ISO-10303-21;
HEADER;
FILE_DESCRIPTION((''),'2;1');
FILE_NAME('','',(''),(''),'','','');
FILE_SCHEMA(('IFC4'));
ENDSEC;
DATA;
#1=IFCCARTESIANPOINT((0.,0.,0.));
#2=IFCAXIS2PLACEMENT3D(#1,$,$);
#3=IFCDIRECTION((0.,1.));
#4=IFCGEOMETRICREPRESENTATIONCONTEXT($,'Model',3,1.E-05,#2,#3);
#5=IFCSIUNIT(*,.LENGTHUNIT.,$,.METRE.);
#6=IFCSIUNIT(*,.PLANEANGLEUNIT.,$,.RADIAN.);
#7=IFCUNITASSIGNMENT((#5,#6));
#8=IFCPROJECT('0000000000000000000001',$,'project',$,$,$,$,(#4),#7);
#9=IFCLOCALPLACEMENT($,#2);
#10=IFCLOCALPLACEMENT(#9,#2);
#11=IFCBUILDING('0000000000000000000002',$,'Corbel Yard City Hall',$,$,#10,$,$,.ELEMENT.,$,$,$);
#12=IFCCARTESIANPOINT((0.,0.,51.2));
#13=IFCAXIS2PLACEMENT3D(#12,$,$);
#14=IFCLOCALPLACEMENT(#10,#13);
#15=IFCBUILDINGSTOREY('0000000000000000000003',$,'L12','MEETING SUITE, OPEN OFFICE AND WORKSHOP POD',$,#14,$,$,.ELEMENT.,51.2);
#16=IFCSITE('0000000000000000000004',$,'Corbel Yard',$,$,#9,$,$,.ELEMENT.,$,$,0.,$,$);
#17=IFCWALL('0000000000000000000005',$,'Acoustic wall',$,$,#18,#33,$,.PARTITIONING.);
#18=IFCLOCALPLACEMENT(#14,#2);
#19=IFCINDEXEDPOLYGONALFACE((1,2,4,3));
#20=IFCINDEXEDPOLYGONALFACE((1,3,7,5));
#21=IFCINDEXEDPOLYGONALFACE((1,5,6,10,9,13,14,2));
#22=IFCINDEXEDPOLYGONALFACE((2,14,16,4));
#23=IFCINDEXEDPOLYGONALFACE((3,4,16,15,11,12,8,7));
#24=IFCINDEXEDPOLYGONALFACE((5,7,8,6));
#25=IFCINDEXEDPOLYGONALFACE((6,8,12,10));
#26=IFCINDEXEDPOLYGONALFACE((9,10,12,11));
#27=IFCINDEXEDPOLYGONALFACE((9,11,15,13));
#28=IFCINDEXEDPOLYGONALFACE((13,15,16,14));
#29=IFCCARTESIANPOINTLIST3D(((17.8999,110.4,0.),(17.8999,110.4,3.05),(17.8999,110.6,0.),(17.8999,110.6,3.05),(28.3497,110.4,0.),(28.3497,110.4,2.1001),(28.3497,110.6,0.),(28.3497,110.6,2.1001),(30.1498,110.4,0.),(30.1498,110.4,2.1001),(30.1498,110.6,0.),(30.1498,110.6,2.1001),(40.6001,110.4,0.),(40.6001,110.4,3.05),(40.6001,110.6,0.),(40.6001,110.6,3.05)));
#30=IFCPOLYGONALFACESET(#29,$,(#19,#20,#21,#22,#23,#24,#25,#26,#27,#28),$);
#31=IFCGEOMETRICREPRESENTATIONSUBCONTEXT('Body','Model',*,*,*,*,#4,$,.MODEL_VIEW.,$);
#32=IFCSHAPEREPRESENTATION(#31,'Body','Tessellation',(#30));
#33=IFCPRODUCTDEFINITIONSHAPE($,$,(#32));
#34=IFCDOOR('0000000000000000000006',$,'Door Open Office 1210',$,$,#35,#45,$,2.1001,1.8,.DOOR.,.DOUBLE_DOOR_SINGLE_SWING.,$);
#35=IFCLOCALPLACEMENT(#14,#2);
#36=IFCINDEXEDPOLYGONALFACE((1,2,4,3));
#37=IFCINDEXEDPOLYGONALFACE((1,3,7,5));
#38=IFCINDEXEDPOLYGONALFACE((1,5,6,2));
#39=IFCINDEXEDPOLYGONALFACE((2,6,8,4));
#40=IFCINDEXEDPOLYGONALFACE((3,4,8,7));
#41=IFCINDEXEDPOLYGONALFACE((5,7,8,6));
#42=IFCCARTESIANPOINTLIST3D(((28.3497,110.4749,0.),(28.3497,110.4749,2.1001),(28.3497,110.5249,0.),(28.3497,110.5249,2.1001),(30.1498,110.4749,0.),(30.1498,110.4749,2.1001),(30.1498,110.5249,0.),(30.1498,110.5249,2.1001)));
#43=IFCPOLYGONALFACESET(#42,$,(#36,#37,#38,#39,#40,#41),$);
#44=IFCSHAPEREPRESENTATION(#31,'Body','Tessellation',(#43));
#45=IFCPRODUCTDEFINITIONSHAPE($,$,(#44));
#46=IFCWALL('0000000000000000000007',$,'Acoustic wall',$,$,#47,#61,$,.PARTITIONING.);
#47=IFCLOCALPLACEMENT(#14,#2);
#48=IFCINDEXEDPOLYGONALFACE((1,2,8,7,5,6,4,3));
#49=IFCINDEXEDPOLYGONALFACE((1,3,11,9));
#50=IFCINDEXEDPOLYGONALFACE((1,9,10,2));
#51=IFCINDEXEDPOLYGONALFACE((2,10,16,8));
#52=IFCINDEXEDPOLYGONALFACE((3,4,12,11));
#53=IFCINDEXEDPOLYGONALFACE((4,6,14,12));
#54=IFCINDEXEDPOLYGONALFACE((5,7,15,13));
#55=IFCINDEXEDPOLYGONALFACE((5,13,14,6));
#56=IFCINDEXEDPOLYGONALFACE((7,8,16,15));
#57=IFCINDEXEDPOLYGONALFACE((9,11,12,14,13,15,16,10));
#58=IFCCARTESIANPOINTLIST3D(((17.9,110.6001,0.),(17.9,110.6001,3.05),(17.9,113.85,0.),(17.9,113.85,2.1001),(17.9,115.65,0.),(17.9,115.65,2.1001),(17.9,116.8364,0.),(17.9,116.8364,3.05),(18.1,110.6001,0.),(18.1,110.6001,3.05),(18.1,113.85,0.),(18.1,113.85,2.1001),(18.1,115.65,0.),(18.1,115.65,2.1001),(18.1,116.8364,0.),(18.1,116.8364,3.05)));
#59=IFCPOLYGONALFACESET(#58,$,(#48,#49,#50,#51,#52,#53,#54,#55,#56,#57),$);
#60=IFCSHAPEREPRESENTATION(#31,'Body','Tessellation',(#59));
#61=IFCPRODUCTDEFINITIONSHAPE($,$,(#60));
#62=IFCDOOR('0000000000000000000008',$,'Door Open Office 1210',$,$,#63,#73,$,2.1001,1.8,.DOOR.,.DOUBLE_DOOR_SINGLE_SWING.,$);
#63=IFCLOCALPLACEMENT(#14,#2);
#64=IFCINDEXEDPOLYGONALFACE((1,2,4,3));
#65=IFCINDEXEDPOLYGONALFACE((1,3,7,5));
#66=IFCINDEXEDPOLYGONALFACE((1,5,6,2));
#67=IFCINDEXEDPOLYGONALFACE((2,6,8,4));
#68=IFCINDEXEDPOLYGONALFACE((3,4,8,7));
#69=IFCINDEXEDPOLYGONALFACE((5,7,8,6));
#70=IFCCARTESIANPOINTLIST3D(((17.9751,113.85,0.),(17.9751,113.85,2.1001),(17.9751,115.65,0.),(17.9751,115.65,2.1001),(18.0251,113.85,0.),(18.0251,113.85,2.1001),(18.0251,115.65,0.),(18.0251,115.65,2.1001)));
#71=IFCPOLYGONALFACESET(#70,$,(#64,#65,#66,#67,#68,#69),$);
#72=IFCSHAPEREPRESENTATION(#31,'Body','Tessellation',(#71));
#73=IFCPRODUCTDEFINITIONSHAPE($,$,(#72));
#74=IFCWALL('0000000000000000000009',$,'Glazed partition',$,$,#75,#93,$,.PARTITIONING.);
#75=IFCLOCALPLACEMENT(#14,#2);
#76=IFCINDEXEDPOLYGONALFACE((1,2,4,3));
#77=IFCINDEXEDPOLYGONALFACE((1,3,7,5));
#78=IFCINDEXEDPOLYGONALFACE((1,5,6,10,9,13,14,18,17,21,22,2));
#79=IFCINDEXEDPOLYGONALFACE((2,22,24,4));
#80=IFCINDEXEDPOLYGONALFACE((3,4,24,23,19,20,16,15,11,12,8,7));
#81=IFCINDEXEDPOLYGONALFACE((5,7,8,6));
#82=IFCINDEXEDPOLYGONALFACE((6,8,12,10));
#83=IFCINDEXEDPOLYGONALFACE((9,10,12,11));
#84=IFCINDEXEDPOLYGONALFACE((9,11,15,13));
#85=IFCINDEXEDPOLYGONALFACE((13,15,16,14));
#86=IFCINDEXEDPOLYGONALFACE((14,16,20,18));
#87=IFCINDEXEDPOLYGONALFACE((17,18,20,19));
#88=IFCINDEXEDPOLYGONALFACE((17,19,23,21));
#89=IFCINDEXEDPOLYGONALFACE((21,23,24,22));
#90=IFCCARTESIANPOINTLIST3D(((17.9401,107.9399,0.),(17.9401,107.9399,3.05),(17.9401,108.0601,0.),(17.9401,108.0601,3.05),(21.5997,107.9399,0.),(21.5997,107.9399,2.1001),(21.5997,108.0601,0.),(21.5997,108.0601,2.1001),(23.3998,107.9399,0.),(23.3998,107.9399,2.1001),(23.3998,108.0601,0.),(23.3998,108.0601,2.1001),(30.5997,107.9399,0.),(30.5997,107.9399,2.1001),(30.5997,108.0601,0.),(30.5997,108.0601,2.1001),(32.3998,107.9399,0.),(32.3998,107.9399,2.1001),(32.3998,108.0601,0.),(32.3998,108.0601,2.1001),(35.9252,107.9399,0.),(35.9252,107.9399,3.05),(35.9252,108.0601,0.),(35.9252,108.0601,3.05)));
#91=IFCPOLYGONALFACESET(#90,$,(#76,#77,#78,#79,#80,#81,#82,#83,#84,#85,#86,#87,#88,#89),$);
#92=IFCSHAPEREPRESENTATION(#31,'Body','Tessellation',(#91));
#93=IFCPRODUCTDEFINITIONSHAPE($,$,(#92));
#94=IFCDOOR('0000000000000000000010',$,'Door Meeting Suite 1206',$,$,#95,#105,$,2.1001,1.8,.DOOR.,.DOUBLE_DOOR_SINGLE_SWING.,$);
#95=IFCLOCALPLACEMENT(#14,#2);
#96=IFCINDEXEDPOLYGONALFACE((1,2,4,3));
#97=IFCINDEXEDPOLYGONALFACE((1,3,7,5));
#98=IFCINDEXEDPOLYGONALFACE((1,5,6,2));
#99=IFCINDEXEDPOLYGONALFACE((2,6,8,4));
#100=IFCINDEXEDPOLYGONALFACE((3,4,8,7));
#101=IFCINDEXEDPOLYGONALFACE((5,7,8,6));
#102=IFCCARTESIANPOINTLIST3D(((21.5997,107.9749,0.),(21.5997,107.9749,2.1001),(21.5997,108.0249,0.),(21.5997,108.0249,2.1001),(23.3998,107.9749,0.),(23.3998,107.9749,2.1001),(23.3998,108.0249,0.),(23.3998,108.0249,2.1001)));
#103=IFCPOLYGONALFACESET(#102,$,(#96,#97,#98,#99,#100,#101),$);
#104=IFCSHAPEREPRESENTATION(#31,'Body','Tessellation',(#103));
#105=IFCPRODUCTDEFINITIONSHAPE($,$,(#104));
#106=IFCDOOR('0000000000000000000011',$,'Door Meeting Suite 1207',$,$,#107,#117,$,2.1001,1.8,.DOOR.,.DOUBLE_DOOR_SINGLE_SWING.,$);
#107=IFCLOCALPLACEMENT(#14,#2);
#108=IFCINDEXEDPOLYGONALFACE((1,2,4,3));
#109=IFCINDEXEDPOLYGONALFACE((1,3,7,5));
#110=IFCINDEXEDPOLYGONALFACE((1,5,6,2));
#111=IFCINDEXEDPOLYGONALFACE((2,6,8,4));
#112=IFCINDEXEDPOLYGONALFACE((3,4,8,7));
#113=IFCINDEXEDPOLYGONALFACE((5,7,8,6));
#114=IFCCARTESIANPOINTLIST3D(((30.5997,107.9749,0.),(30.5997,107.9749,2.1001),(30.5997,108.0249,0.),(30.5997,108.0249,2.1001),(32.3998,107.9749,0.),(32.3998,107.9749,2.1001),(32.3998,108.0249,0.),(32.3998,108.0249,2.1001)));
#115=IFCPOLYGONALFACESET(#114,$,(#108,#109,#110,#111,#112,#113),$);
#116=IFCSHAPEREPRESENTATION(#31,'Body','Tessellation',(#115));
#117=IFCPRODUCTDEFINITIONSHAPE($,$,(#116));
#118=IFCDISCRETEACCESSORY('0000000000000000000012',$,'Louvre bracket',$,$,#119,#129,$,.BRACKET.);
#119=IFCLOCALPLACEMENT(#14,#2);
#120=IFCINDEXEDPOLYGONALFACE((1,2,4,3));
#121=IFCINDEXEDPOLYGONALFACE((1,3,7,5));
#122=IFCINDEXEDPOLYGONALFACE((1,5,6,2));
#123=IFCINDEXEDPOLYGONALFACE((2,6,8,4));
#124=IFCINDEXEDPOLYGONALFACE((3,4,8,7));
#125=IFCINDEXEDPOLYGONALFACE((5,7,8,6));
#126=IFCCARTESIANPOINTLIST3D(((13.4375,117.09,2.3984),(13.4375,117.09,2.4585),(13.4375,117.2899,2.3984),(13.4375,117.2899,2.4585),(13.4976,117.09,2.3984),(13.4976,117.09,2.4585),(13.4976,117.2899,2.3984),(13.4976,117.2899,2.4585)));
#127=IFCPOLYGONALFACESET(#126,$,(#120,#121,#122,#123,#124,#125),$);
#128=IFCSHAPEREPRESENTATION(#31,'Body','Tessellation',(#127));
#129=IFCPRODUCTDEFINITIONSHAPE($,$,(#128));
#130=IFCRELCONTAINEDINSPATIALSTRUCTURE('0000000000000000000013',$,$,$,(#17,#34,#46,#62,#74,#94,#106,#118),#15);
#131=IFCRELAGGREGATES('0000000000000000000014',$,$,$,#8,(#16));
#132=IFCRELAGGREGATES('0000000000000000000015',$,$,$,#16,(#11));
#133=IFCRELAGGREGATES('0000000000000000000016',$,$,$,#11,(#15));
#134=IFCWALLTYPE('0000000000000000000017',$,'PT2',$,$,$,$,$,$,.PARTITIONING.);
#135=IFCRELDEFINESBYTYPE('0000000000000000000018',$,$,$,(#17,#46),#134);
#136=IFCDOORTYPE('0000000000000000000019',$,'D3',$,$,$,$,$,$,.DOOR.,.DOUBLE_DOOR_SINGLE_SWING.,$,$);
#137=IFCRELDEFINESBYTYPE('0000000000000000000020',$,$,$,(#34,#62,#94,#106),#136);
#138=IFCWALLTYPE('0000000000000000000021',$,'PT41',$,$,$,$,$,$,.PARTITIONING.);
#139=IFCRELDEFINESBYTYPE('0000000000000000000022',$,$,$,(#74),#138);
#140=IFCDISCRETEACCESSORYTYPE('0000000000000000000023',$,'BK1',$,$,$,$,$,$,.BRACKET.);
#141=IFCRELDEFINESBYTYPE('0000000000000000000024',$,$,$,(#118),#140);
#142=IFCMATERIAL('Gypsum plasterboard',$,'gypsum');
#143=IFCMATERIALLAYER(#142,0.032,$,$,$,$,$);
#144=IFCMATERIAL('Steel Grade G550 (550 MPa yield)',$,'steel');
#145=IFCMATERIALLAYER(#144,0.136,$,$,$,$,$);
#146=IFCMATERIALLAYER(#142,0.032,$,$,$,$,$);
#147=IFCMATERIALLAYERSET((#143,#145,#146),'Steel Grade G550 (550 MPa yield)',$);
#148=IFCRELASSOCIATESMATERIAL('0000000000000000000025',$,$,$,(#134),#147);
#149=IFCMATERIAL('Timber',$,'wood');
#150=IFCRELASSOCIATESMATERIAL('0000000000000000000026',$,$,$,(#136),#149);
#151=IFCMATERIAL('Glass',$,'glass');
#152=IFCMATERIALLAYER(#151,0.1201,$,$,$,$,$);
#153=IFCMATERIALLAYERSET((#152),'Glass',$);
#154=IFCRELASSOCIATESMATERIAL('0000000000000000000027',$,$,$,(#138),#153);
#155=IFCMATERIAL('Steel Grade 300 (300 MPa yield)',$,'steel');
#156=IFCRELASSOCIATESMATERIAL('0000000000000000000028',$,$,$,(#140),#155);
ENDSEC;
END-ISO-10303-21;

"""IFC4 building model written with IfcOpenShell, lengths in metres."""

from ifc_helpers import new_model, si_unit, direction, frame, frame_2d, origin, origin_2d, place, context, subcontext, project, spatial, rectangle, extrude, material, layer, layer_set, type_object, element, fill, save


model = new_model("IFC4")

# Units and contexts
model_context = context("Model", 3, precision=1e-05, world=origin(), true_north=direction((0.0, 1.0)))
body_context = subcontext(model_context, "Body", "Model", "MODEL_VIEW")
ifc_project = project(units=[si_unit("LENGTHUNIT", "METRE"), si_unit("PLANEANGLEUNIT", "RADIAN")], contexts=[model_context])

# Site, building, storey
site_placement = place(None, origin())
site = spatial("IfcSite", under=ifc_project, at=site_placement, Name="Corbel Yard", CompositionType="ELEMENT", RefElevation=0.0)
building_placement = place(site_placement, origin())
building = spatial("IfcBuilding", under=site, at=building_placement, Name="Corbel Yard City Hall", CompositionType="ELEMENT")
storey_placement = place(building_placement, frame((0.0, 0.0, 51.2)))
storey = spatial("IfcBuildingStorey", under=building, at=storey_placement, Name="L12", Description="MEETING SUITE, OPEN OFFICE AND WORKSHOP POD", CompositionType="ELEMENT", Elevation=51.2)

# Shared definitions
ifc_material_1 = material(Name="Steel Grade 300 (300 MPa yield)", Category="steel")

# Shared definitions
ifc_material_2 = material(Name="Steel Grade G550 (550 MPa yield)", Category="steel")
ifc_material_3 = material(Name="Gypsum plasterboard", Category="gypsum")

# Walls, openings, doors
ifc_layer_1 = layer(ifc_material_3, 0.032)
ifc_layer_2 = layer(ifc_material_2, 0.136)
ifc_layer_3 = layer(ifc_material_3, 0.032)
ifc_layer_set_1 = layer_set([ifc_layer_1, ifc_layer_2, ifc_layer_3], Name="Steel Grade G550 (550 MPa yield)")
wall_type_1 = type_object("IfcWallType", Name="PT2", PredefinedType="PARTITIONING", material=ifc_layer_set_1)
wall_1_placement = place(storey_placement, frame((17.8999, 110.5, 0.0), z_axis=(0.0, 0.0, 1.0), x_axis=(1.0, 0.0, 0.0)))
wall_1 = element("IfcWall", 1, at=wall_1_placement, inside=storey, type_object=wall_type_1, Name="Acoustic wall", PredefinedType="PARTITIONING", context=body_context, shape_type="SweptSolid", body=[
    extrude(rectangle(XDim=22.7002, YDim=0.2, at=frame_2d((11.3501, 0.0))), origin(), (0.0, 0.0, 1.0), 3.05),
])
opening_1_placement = place(wall_1_placement, frame((10.45, 0.0, 0.0)))
opening_1 = element("IfcOpeningElement", 2, at=opening_1_placement, cuts=wall_1, PredefinedType="OPENING", context=body_context, shape_type="SweptSolid", body=[
    extrude(rectangle(XDim=1.8, YDim=2.1001, at=frame_2d((0.8999, 1.05))), frame((0.0, 0.1099, 0.0), z_axis=(0.0, -1.0, 0.0), x_axis=(1.0, 0.0, 0.0)), (0.0, 0.0, 1.0), 0.22),
])
ifc_material_4 = material(Name="Timber", Category="wood")
door_type_1 = type_object("IfcDoorType", Name="D3", OperationType="DOUBLE_DOOR_SINGLE_SWING", PredefinedType="DOOR", material=ifc_material_4)
door_1_placement = place(opening_1_placement, origin())
door_1 = element("IfcDoor", 3, at=door_1_placement, inside=storey, type_object=door_type_1, Name="Door Open Office 1210", OperationType="DOUBLE_DOOR_SINGLE_SWING", OverallHeight=2.1001, OverallWidth=1.8, PredefinedType="DOOR", context=body_context, shape_type="SweptSolid", body=[
    extrude(rectangle(XDim=1.8, YDim=2.1001, at=frame_2d((0.8999, 1.05))), frame((0.0, 0.0249, 0.0), z_axis=(0.0, -1.0, 0.0), x_axis=(1.0, 0.0, 0.0)), (0.0, 0.0, 1.0), 0.05),
])
fill(opening_1, door_1)
wall_2_placement = place(storey_placement, frame((18.0, 110.6001, 0.0), z_axis=(0.0, 0.0, 1.0), x_axis=(0.0, 1.0, 0.0)))
wall_2 = element("IfcWall", 4, at=wall_2_placement, inside=storey, type_object=wall_type_1, Name="Acoustic wall", PredefinedType="PARTITIONING", context=body_context, shape_type="SweptSolid", body=[
    extrude(rectangle(XDim=6.2363, YDim=0.2, at=frame_2d((3.1182, 0.0))), origin(), (0.0, 0.0, 1.0), 3.05),
])
opening_2_placement = place(wall_2_placement, frame((3.25, 0.0, 0.0)))
opening_2 = element("IfcOpeningElement", 5, at=opening_2_placement, cuts=wall_2, PredefinedType="OPENING", context=body_context, shape_type="SweptSolid", body=[
    extrude(rectangle(XDim=1.8, YDim=2.1001, at=frame_2d((0.8999, 1.05))), frame((0.0, 0.1099, 0.0), z_axis=(0.0, -1.0, 0.0), x_axis=(1.0, 0.0, 0.0)), (0.0, 0.0, 1.0), 0.22),
])
door_2_placement = place(opening_2_placement, origin())
door_2 = element("IfcDoor", 6, at=door_2_placement, inside=storey, type_object=door_type_1, Name="Door Open Office 1210", OperationType="DOUBLE_DOOR_SINGLE_SWING", OverallHeight=2.1001, OverallWidth=1.8, PredefinedType="DOOR", context=body_context, shape_type="SweptSolid", body=[
    extrude(rectangle(XDim=1.8, YDim=2.1001, at=frame_2d((0.8999, 1.05))), frame((0.0, 0.0249, 0.0), z_axis=(0.0, -1.0, 0.0), x_axis=(1.0, 0.0, 0.0)), (0.0, 0.0, 1.0), 0.05),
])
fill(opening_2, door_2)

# Wall, openings, doors
ifc_material_5 = material(Name="Glass", Category="glass")
ifc_layer_4 = layer(ifc_material_5, 0.1201)
ifc_layer_set_2 = layer_set([ifc_layer_4], Name="Glass")
wall_type_2 = type_object("IfcWallType", Name="PT41", PredefinedType="PARTITIONING", material=ifc_layer_set_2)
wall_3_placement = place(storey_placement, frame((17.9399, 108.0, 0.0), z_axis=(0.0, 0.0, 1.0), x_axis=(1.0, 0.0, 0.0)))
wall_3 = element("IfcWall", 7, at=wall_3_placement, inside=storey, type_object=wall_type_2, Name="Glazed partition", PredefinedType="PARTITIONING", context=body_context, shape_type="SweptSolid", body=[
    extrude(rectangle(XDim=17.9851, YDim=0.1201, at=frame_2d((8.9927, 0.0))), origin(), (0.0, 0.0, 1.0), 3.05),
])
opening_3_placement = place(wall_3_placement, frame((3.6599, 0.0, 0.0)))
opening_3 = element("IfcOpeningElement", 8, at=opening_3_placement, cuts=wall_3, PredefinedType="OPENING", context=body_context, shape_type="SweptSolid", body=[
    extrude(rectangle(XDim=1.8, YDim=2.1001, at=frame_2d((0.8999, 1.05))), frame((0.0, 0.0701, 0.0), z_axis=(0.0, -1.0, 0.0), x_axis=(1.0, 0.0, 0.0)), (0.0, 0.0, 1.0), 0.1401),
])
opening_4_placement = place(wall_3_placement, frame((12.6599, 0.0, 0.0)))
opening_4 = element("IfcOpeningElement", 9, at=opening_4_placement, cuts=wall_3, PredefinedType="OPENING", context=body_context, shape_type="SweptSolid", body=[
    extrude(rectangle(XDim=1.8, YDim=2.1001, at=frame_2d((0.8999, 1.05))), frame((0.0, 0.0701, 0.0), z_axis=(0.0, -1.0, 0.0), x_axis=(1.0, 0.0, 0.0)), (0.0, 0.0, 1.0), 0.1401),
])
door_3_placement = place(opening_3_placement, origin())
door_3 = element("IfcDoor", 10, at=door_3_placement, inside=storey, type_object=door_type_1, Name="Door Meeting Suite 1206", OperationType="DOUBLE_DOOR_SINGLE_SWING", OverallHeight=2.1001, OverallWidth=1.8, PredefinedType="DOOR", context=body_context, shape_type="SweptSolid", body=[
    extrude(rectangle(XDim=1.8, YDim=2.1001, at=frame_2d((0.8999, 1.05))), frame((0.0, 0.0249, 0.0), z_axis=(0.0, -1.0, 0.0), x_axis=(1.0, 0.0, 0.0)), (0.0, 0.0, 1.0), 0.05),
])
fill(opening_3, door_3)
door_4_placement = place(opening_4_placement, origin())
door_4 = element("IfcDoor", 11, at=door_4_placement, inside=storey, type_object=door_type_1, Name="Door Meeting Suite 1207", OperationType="DOUBLE_DOOR_SINGLE_SWING", OverallHeight=2.1001, OverallWidth=1.8, PredefinedType="DOOR", context=body_context, shape_type="SweptSolid", body=[
    extrude(rectangle(XDim=1.8, YDim=2.1001, at=frame_2d((0.8999, 1.05))), frame((0.0, 0.0249, 0.0), z_axis=(0.0, -1.0, 0.0), x_axis=(1.0, 0.0, 0.0)), (0.0, 0.0, 1.0), 0.05),
])
fill(opening_4, door_4)

# Discrete accessory
discrete_accessory_type = type_object("IfcDiscreteAccessoryType", Name="BK1", PredefinedType="BRACKET", material=ifc_material_1)
discrete_accessory_placement = place(storey_placement, frame((13.4675, 117.1899, 2.3984), z_axis=(0.0, 0.0, 1.0), x_axis=(1.0, 0.0, 0.0)))
element("IfcDiscreteAccessory", 12, at=discrete_accessory_placement, inside=storey, type_object=discrete_accessory_type, Name="Louvre bracket", PredefinedType="BRACKET", context=body_context, shape_type="SweptSolid", body=[
    extrude(rectangle(XDim=0.0601, YDim=0.2, at=origin_2d()), origin(), (0.0, 0.0, 1.0), 0.0601),
])

save(model, "model.ifc")
